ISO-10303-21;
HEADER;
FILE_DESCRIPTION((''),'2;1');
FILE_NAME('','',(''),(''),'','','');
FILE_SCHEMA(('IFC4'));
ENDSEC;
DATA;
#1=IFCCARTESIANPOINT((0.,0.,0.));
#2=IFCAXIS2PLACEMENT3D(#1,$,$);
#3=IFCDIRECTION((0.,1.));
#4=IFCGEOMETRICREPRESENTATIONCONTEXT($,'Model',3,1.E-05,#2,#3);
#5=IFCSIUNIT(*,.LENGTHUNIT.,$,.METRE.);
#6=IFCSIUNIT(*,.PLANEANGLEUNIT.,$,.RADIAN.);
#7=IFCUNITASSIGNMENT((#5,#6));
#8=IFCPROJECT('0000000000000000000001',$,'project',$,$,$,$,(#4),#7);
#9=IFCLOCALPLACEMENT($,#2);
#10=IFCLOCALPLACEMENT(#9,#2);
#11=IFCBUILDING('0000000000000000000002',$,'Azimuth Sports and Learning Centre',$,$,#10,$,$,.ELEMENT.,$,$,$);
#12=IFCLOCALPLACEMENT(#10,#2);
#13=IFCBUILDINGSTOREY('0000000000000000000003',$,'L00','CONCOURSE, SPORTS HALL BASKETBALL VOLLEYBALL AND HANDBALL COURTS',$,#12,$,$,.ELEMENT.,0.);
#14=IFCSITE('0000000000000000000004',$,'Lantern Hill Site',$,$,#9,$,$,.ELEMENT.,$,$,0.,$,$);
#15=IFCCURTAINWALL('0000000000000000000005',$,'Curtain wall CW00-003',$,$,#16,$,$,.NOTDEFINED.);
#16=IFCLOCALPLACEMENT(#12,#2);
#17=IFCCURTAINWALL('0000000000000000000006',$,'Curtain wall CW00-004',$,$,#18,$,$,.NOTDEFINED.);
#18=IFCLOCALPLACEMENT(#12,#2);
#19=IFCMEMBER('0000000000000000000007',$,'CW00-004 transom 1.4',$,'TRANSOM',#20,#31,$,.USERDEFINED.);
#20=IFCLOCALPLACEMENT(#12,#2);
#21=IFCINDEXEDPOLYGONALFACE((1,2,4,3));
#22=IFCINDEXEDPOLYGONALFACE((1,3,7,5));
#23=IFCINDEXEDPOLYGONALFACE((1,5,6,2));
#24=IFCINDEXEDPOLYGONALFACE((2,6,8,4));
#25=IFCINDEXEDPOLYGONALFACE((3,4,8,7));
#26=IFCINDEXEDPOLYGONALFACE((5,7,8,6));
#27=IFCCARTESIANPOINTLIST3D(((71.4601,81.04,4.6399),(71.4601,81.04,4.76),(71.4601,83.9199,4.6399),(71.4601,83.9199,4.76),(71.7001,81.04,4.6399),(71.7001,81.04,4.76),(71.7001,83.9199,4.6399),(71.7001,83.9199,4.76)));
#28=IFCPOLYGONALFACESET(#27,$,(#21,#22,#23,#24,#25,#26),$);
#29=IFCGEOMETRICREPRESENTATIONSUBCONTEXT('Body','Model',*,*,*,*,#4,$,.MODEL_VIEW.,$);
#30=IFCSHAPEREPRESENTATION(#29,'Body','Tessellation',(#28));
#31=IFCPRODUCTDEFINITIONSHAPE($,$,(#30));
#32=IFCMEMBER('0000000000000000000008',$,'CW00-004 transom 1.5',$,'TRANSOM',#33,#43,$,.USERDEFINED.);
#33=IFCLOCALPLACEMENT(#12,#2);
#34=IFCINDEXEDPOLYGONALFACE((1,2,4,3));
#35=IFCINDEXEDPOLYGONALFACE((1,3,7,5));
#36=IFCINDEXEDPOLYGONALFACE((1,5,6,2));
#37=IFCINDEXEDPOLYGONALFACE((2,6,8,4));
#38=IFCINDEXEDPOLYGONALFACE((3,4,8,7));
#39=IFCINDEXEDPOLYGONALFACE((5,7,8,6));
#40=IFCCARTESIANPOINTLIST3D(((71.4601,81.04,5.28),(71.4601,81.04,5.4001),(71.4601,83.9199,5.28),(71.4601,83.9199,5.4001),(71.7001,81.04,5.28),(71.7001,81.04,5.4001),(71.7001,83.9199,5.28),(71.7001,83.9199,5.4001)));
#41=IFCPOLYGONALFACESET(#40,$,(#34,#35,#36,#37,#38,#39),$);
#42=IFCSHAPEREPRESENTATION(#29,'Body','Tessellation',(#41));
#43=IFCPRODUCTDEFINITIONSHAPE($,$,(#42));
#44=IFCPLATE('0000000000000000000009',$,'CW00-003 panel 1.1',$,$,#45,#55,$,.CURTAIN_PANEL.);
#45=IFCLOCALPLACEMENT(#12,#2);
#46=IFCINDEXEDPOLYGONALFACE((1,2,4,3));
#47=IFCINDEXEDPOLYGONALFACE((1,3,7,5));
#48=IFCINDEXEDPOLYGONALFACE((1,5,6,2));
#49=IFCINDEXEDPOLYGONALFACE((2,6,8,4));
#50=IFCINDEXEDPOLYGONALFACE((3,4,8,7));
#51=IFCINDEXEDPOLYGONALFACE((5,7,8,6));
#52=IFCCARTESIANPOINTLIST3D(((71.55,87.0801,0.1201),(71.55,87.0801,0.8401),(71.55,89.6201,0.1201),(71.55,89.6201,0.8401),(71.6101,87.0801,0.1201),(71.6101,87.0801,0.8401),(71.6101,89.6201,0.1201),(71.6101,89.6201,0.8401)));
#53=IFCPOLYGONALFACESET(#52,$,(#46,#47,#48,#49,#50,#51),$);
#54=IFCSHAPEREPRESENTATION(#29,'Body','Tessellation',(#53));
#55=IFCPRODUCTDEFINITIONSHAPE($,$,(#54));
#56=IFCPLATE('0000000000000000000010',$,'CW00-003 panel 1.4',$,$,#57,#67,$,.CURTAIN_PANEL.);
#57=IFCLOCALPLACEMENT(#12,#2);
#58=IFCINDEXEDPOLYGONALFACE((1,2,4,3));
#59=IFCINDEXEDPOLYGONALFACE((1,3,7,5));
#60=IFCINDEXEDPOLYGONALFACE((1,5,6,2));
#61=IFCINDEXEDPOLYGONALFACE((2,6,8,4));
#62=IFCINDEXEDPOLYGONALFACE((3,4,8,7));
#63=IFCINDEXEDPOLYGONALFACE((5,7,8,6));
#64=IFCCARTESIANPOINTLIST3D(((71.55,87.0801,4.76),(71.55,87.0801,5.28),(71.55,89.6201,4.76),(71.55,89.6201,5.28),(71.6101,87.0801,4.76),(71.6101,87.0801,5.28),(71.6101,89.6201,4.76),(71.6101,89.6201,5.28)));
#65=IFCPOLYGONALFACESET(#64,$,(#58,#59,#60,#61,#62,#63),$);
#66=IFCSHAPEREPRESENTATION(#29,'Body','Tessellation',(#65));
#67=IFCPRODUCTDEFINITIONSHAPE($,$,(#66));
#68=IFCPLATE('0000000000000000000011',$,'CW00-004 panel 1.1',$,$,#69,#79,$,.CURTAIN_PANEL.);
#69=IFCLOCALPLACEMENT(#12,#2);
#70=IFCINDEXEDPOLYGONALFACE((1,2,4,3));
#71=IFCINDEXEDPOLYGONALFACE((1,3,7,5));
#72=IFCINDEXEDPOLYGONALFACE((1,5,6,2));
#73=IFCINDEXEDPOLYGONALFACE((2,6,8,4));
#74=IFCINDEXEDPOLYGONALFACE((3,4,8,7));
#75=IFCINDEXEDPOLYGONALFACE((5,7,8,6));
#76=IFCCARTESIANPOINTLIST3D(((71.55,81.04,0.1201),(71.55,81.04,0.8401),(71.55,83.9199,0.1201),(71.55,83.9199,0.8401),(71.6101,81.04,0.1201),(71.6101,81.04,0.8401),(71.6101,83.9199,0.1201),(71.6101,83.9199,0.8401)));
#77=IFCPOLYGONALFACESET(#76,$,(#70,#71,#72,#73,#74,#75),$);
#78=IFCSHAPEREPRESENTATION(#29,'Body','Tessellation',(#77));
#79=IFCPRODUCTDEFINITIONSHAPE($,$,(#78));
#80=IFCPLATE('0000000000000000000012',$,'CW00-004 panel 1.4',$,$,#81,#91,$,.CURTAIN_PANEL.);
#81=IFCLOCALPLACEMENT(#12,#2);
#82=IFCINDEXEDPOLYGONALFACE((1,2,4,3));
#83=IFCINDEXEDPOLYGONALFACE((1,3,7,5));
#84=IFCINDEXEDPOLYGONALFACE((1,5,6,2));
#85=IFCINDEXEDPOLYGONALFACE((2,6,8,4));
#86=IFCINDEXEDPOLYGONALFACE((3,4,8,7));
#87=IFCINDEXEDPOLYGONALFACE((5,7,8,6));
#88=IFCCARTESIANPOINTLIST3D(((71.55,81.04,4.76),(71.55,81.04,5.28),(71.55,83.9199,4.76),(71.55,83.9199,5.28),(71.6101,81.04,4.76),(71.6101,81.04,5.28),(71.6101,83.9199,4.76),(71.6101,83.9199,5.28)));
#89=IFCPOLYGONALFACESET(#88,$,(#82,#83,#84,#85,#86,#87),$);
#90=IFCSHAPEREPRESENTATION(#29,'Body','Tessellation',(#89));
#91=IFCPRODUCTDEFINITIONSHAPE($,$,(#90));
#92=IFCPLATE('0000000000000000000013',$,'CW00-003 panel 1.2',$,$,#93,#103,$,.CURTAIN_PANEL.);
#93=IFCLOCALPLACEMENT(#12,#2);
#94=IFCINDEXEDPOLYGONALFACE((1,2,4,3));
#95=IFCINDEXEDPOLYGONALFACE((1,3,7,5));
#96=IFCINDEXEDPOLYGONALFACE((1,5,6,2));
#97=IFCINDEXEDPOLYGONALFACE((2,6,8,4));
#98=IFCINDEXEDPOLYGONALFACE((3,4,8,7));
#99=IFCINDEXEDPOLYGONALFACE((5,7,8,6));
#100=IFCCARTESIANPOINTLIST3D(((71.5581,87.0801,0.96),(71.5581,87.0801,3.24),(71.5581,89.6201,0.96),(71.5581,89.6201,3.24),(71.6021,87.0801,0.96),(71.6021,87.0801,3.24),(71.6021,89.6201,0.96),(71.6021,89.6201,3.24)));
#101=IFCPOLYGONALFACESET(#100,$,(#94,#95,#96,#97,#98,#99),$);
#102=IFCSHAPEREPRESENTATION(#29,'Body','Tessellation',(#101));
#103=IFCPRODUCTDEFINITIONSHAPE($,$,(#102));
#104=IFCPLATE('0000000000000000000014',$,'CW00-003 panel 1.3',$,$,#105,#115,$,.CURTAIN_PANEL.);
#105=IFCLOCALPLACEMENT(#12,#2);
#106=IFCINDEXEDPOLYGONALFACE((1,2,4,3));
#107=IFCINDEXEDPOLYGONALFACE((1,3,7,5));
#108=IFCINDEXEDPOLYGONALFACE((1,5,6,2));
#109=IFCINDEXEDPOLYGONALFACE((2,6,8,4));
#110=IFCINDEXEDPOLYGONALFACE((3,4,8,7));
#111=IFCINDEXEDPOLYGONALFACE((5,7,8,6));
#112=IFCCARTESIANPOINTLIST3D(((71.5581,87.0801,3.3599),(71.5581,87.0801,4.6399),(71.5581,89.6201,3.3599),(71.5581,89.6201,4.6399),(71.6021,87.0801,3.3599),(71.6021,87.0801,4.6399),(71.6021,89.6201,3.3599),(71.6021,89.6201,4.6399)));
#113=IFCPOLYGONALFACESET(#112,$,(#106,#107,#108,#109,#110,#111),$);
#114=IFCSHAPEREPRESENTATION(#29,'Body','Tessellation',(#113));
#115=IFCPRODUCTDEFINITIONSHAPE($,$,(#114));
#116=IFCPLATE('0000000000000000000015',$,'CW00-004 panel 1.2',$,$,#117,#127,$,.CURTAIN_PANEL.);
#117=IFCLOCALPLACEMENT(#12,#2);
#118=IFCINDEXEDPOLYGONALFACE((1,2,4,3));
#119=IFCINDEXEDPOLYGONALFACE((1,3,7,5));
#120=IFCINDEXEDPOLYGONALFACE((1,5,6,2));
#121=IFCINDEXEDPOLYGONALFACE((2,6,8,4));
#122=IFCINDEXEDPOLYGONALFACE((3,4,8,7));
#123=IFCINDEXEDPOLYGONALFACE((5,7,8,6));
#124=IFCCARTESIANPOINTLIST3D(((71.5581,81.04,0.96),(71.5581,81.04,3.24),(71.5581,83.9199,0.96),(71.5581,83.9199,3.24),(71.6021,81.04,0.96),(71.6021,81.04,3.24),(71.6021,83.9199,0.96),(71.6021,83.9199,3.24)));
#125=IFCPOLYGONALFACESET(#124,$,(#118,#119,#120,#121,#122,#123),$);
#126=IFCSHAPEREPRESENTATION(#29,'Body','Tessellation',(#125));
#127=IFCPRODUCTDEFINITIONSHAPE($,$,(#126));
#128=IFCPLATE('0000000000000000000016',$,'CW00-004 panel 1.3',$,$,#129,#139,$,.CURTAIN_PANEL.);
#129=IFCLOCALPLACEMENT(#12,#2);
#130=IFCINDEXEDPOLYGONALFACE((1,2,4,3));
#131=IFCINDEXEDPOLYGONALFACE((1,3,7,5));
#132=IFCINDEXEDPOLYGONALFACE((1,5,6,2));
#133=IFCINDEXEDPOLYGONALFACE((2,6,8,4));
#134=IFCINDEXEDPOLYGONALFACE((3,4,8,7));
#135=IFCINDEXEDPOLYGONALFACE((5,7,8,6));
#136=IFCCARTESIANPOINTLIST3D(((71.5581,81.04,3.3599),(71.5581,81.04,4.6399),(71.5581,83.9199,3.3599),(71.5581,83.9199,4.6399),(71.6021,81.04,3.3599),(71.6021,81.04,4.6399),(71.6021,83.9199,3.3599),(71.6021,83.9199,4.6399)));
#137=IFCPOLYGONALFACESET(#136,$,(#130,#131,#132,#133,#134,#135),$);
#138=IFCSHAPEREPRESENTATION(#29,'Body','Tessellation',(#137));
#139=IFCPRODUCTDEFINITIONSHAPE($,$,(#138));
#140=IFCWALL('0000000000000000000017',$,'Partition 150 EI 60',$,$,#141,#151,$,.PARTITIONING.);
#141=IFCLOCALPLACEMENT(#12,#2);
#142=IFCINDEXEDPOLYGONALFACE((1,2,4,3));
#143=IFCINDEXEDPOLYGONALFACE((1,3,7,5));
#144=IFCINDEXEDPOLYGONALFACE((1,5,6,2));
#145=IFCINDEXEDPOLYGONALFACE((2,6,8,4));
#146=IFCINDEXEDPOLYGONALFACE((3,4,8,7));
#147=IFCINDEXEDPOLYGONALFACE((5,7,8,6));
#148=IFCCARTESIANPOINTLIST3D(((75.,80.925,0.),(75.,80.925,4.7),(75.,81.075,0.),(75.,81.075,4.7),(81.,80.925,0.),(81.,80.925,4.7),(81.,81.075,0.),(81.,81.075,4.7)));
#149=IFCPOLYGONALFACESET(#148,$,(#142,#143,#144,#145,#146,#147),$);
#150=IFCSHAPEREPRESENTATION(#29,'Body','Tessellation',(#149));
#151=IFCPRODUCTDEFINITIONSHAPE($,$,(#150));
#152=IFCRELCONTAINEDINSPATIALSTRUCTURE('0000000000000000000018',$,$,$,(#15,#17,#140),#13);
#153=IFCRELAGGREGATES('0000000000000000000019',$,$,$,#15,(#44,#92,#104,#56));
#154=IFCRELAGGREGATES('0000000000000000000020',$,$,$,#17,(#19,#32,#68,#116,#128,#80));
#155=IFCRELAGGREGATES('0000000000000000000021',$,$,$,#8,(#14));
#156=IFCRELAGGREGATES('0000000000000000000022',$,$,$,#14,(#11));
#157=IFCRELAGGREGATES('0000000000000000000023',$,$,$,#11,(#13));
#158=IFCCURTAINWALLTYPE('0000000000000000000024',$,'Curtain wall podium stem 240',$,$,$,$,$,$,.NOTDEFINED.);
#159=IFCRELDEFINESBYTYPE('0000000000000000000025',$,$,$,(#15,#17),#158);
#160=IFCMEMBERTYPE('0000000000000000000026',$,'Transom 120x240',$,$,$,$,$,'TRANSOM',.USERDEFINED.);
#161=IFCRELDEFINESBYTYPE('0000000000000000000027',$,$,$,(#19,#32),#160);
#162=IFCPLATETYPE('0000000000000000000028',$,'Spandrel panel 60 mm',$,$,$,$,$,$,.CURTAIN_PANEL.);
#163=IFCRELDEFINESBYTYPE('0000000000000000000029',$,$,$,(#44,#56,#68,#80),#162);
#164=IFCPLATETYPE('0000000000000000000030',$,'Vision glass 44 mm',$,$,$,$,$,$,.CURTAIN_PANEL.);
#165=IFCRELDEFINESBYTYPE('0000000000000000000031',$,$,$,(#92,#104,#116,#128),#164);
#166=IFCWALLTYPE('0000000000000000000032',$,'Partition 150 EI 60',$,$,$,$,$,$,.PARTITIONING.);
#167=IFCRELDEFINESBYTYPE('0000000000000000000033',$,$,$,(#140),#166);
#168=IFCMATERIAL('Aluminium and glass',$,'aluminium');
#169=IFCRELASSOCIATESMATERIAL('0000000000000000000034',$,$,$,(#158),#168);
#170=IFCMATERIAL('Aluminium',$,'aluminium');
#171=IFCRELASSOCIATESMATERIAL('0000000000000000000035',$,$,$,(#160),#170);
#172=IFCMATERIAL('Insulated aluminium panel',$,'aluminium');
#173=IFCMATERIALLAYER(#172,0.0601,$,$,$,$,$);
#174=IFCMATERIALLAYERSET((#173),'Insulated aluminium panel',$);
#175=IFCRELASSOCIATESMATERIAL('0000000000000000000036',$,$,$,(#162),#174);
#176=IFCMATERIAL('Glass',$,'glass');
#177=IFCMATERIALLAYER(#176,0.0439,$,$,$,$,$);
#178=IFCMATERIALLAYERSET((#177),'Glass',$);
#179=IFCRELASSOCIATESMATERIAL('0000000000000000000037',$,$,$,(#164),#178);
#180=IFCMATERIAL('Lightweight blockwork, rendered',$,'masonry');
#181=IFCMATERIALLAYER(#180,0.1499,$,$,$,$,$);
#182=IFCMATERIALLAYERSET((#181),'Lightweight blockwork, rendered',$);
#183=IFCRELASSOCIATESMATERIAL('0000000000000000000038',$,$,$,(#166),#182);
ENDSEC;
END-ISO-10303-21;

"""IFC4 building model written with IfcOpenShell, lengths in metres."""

from ifc_helpers import new_model, si_unit, direction, frame, frame_2d, origin, origin_2d, place, context, subcontext, project, spatial, rectangle, extrude, material, layer, layer_set, material_profile, profile_set, type_object, element, aggregate, save


model = new_model("IFC4")

# Units and contexts
model_context = context("Model", 3, precision=1e-05, world=origin(), true_north=direction((0.0, 1.0)))
body_context = subcontext(model_context, "Body", "Model", "MODEL_VIEW")
ifc_project = project(units=[si_unit("LENGTHUNIT", "METRE"), si_unit("PLANEANGLEUNIT", "RADIAN")], contexts=[model_context])

# Site, building, storey
site_placement = place(None, origin())
site = spatial("IfcSite", under=ifc_project, at=site_placement, Name="Lantern Hill Site", CompositionType="ELEMENT", RefElevation=0.0)
building_placement = place(site_placement, origin())
building = spatial("IfcBuilding", under=site, at=building_placement, Name="Azimuth Sports and Learning Centre", CompositionType="ELEMENT")
storey_placement = place(building_placement, origin())
storey = spatial("IfcBuildingStorey", under=building, at=storey_placement, Name="L00", Description="CONCOURSE, SPORTS HALL BASKETBALL VOLLEYBALL AND HANDBALL COURTS", CompositionType="ELEMENT", Elevation=0.0)

# Curtain wall
ifc_material_1 = material(Name="Aluminium and glass", Category="aluminium")
curtain_wall_type = type_object("IfcCurtainWallType", Name="Curtain wall podium stem 240", PredefinedType="NOTDEFINED", material=ifc_material_1)
curtain_wall_1_placement = place(storey_placement, origin())
curtain_wall_1 = element("IfcCurtainWall", 1, at=curtain_wall_1_placement, inside=storey, type_object=curtain_wall_type, Name="Curtain wall CW00-003", PredefinedType="NOTDEFINED")

# Curtain wall
curtain_wall_2_placement = place(storey_placement, origin())
curtain_wall_2 = element("IfcCurtainWall", 2, at=curtain_wall_2_placement, inside=storey, type_object=curtain_wall_type, Name="Curtain wall CW00-004", PredefinedType="NOTDEFINED")

# Members
ifc_material_2 = material(Name="Aluminium", Category="aluminium")
ifc_material_profile_1 = material_profile(ifc_material_2, rectangle(XDim=0.24, YDim=0.1201, at=origin_2d()), Name="Transom 120x240")
ifc_profile_set_1 = profile_set([ifc_material_profile_1], Name="Aluminium")
member_type_1 = type_object("IfcMemberType", Name="Transom 120x240", ElementType="TRANSOM", PredefinedType="USERDEFINED", material=ifc_profile_set_1)
member_1_placement = place(storey_placement, frame((71.5801, 83.9199, 4.7), z_axis=(0.0, -1.0, 0.0), x_axis=(1.0, 0.0, 0.0)))
member_1 = element("IfcMember", 3, at=member_1_placement, type_object=member_type_1, Name="CW00-004 transom 1.4", ObjectType="TRANSOM", PredefinedType="USERDEFINED", context=body_context, shape_type="SweptSolid", body=[
    extrude(rectangle(XDim=0.24, YDim=0.1201, at=origin_2d()), origin(), (0.0, 0.0, 1.0), 2.8799),
])
member_2_placement = place(storey_placement, frame((71.5801, 83.9199, 5.3401), z_axis=(0.0, -1.0, 0.0), x_axis=(1.0, 0.0, 0.0)))
member_2 = element("IfcMember", 4, at=member_2_placement, type_object=member_type_1, Name="CW00-004 transom 1.5", ObjectType="TRANSOM", PredefinedType="USERDEFINED", context=body_context, shape_type="SweptSolid", body=[
    extrude(rectangle(XDim=0.24, YDim=0.1201, at=origin_2d()), origin(), (0.0, 0.0, 1.0), 2.8799),
])

# Plates
ifc_material_3 = material(Name="Insulated aluminium panel", Category="aluminium")
ifc_layer_1 = layer(ifc_material_3, 0.0601)
ifc_layer_set_1 = layer_set([ifc_layer_1], Name="Insulated aluminium panel")
plate_type_1 = type_object("IfcPlateType", Name="Spandrel panel 60 mm", PredefinedType="CURTAIN_PANEL", material=ifc_layer_set_1)
plate_1_placement = place(storey_placement, frame((71.5801, 88.3501, 0.1201), z_axis=(0.0, 0.0, 1.0), x_axis=(0.0, -1.0, 0.0)))
plate_1 = element("IfcPlate", 5, at=plate_1_placement, type_object=plate_type_1, Name="CW00-003 panel 1.1", PredefinedType="CURTAIN_PANEL", context=body_context, shape_type="SweptSolid", body=[
    extrude(rectangle(XDim=2.54, YDim=0.0601, at=origin_2d()), origin(), (0.0, 0.0, 1.0), 0.72),
])
plate_2_placement = place(storey_placement, frame((71.5801, 88.3501, 4.76), z_axis=(0.0, 0.0, 1.0), x_axis=(0.0, -1.0, 0.0)))
plate_2 = element("IfcPlate", 6, at=plate_2_placement, type_object=plate_type_1, Name="CW00-003 panel 1.4", PredefinedType="CURTAIN_PANEL", context=body_context, shape_type="SweptSolid", body=[
    extrude(rectangle(XDim=2.54, YDim=0.0601, at=origin_2d()), origin(), (0.0, 0.0, 1.0), 0.52),
])
plate_3_placement = place(storey_placement, frame((71.5801, 82.48, 0.1201), z_axis=(0.0, 0.0, 1.0), x_axis=(0.0, -1.0, 0.0)))
plate_3 = element("IfcPlate", 7, at=plate_3_placement, type_object=plate_type_1, Name="CW00-004 panel 1.1", PredefinedType="CURTAIN_PANEL", context=body_context, shape_type="SweptSolid", body=[
    extrude(rectangle(XDim=2.8799, YDim=0.0601, at=origin_2d()), origin(), (0.0, 0.0, 1.0), 0.72),
])
plate_4_placement = place(storey_placement, frame((71.5801, 82.48, 4.76), z_axis=(0.0, 0.0, 1.0), x_axis=(0.0, -1.0, 0.0)))
plate_4 = element("IfcPlate", 8, at=plate_4_placement, type_object=plate_type_1, Name="CW00-004 panel 1.4", PredefinedType="CURTAIN_PANEL", context=body_context, shape_type="SweptSolid", body=[
    extrude(rectangle(XDim=2.8799, YDim=0.0601, at=origin_2d()), origin(), (0.0, 0.0, 1.0), 0.52),
])
ifc_material_4 = material(Name="Glass", Category="glass")
ifc_layer_2 = layer(ifc_material_4, 0.0439)
ifc_layer_set_2 = layer_set([ifc_layer_2], Name="Glass")
plate_type_2 = type_object("IfcPlateType", Name="Vision glass 44 mm", PredefinedType="CURTAIN_PANEL", material=ifc_layer_set_2)
plate_5_placement = place(storey_placement, frame((71.5801, 88.3501, 0.96), z_axis=(0.0, 0.0, 1.0), x_axis=(0.0, -1.0, 0.0)))
plate_5 = element("IfcPlate", 9, at=plate_5_placement, type_object=plate_type_2, Name="CW00-003 panel 1.2", PredefinedType="CURTAIN_PANEL", context=body_context, shape_type="SweptSolid", body=[
    extrude(rectangle(XDim=2.54, YDim=0.0439, at=origin_2d()), origin(), (0.0, 0.0, 1.0), 2.28),
])
plate_6_placement = place(storey_placement, frame((71.5801, 88.3501, 3.3599), z_axis=(0.0, 0.0, 1.0), x_axis=(0.0, -1.0, 0.0)))
plate_6 = element("IfcPlate", 10, at=plate_6_placement, type_object=plate_type_2, Name="CW00-003 panel 1.3", PredefinedType="CURTAIN_PANEL", context=body_context, shape_type="SweptSolid", body=[
    extrude(rectangle(XDim=2.54, YDim=0.0439, at=origin_2d()), origin(), (0.0, 0.0, 1.0), 1.28),
])
aggregate(curtain_wall_1, [plate_1, plate_5, plate_6, plate_2])
plate_7_placement = place(storey_placement, frame((71.5801, 82.48, 0.96), z_axis=(0.0, 0.0, 1.0), x_axis=(0.0, -1.0, 0.0)))
plate_7 = element("IfcPlate", 11, at=plate_7_placement, type_object=plate_type_2, Name="CW00-004 panel 1.2", PredefinedType="CURTAIN_PANEL", context=body_context, shape_type="SweptSolid", body=[
    extrude(rectangle(XDim=2.8799, YDim=0.0439, at=origin_2d()), origin(), (0.0, 0.0, 1.0), 2.28),
])
plate_8_placement = place(storey_placement, frame((71.5801, 82.48, 3.3599), z_axis=(0.0, 0.0, 1.0), x_axis=(0.0, -1.0, 0.0)))
plate_8 = element("IfcPlate", 12, at=plate_8_placement, type_object=plate_type_2, Name="CW00-004 panel 1.3", PredefinedType="CURTAIN_PANEL", context=body_context, shape_type="SweptSolid", body=[
    extrude(rectangle(XDim=2.8799, YDim=0.0439, at=origin_2d()), origin(), (0.0, 0.0, 1.0), 1.28),
])
aggregate(curtain_wall_2, [member_1, member_2, plate_3, plate_7, plate_8, plate_4])

# Wall
ifc_material_5 = material(Name="Lightweight blockwork, rendered", Category="masonry")
ifc_layer_3 = layer(ifc_material_5, 0.1499)
ifc_layer_set_3 = layer_set([ifc_layer_3], Name="Lightweight blockwork, rendered")
wall_type_1 = type_object("IfcWallType", Name="Partition 150 EI 60", PredefinedType="PARTITIONING", material=ifc_layer_set_3)
wall_1_placement = place(storey_placement, frame((75.0, 81.0, 0.0), z_axis=(0.0, 0.0, 1.0), x_axis=(1.0, 0.0, 0.0)))
element("IfcWall", 13, at=wall_1_placement, inside=storey, type_object=wall_type_1, Name="Partition 150 EI 60", PredefinedType="PARTITIONING", context=body_context, shape_type="SweptSolid", body=[
    extrude(rectangle(XDim=6.0, YDim=0.1499, at=frame_2d((3.0, 0.0))), origin(), (0.0, 0.0, 1.0), 4.7),
])

save(model, "model.ifc")
